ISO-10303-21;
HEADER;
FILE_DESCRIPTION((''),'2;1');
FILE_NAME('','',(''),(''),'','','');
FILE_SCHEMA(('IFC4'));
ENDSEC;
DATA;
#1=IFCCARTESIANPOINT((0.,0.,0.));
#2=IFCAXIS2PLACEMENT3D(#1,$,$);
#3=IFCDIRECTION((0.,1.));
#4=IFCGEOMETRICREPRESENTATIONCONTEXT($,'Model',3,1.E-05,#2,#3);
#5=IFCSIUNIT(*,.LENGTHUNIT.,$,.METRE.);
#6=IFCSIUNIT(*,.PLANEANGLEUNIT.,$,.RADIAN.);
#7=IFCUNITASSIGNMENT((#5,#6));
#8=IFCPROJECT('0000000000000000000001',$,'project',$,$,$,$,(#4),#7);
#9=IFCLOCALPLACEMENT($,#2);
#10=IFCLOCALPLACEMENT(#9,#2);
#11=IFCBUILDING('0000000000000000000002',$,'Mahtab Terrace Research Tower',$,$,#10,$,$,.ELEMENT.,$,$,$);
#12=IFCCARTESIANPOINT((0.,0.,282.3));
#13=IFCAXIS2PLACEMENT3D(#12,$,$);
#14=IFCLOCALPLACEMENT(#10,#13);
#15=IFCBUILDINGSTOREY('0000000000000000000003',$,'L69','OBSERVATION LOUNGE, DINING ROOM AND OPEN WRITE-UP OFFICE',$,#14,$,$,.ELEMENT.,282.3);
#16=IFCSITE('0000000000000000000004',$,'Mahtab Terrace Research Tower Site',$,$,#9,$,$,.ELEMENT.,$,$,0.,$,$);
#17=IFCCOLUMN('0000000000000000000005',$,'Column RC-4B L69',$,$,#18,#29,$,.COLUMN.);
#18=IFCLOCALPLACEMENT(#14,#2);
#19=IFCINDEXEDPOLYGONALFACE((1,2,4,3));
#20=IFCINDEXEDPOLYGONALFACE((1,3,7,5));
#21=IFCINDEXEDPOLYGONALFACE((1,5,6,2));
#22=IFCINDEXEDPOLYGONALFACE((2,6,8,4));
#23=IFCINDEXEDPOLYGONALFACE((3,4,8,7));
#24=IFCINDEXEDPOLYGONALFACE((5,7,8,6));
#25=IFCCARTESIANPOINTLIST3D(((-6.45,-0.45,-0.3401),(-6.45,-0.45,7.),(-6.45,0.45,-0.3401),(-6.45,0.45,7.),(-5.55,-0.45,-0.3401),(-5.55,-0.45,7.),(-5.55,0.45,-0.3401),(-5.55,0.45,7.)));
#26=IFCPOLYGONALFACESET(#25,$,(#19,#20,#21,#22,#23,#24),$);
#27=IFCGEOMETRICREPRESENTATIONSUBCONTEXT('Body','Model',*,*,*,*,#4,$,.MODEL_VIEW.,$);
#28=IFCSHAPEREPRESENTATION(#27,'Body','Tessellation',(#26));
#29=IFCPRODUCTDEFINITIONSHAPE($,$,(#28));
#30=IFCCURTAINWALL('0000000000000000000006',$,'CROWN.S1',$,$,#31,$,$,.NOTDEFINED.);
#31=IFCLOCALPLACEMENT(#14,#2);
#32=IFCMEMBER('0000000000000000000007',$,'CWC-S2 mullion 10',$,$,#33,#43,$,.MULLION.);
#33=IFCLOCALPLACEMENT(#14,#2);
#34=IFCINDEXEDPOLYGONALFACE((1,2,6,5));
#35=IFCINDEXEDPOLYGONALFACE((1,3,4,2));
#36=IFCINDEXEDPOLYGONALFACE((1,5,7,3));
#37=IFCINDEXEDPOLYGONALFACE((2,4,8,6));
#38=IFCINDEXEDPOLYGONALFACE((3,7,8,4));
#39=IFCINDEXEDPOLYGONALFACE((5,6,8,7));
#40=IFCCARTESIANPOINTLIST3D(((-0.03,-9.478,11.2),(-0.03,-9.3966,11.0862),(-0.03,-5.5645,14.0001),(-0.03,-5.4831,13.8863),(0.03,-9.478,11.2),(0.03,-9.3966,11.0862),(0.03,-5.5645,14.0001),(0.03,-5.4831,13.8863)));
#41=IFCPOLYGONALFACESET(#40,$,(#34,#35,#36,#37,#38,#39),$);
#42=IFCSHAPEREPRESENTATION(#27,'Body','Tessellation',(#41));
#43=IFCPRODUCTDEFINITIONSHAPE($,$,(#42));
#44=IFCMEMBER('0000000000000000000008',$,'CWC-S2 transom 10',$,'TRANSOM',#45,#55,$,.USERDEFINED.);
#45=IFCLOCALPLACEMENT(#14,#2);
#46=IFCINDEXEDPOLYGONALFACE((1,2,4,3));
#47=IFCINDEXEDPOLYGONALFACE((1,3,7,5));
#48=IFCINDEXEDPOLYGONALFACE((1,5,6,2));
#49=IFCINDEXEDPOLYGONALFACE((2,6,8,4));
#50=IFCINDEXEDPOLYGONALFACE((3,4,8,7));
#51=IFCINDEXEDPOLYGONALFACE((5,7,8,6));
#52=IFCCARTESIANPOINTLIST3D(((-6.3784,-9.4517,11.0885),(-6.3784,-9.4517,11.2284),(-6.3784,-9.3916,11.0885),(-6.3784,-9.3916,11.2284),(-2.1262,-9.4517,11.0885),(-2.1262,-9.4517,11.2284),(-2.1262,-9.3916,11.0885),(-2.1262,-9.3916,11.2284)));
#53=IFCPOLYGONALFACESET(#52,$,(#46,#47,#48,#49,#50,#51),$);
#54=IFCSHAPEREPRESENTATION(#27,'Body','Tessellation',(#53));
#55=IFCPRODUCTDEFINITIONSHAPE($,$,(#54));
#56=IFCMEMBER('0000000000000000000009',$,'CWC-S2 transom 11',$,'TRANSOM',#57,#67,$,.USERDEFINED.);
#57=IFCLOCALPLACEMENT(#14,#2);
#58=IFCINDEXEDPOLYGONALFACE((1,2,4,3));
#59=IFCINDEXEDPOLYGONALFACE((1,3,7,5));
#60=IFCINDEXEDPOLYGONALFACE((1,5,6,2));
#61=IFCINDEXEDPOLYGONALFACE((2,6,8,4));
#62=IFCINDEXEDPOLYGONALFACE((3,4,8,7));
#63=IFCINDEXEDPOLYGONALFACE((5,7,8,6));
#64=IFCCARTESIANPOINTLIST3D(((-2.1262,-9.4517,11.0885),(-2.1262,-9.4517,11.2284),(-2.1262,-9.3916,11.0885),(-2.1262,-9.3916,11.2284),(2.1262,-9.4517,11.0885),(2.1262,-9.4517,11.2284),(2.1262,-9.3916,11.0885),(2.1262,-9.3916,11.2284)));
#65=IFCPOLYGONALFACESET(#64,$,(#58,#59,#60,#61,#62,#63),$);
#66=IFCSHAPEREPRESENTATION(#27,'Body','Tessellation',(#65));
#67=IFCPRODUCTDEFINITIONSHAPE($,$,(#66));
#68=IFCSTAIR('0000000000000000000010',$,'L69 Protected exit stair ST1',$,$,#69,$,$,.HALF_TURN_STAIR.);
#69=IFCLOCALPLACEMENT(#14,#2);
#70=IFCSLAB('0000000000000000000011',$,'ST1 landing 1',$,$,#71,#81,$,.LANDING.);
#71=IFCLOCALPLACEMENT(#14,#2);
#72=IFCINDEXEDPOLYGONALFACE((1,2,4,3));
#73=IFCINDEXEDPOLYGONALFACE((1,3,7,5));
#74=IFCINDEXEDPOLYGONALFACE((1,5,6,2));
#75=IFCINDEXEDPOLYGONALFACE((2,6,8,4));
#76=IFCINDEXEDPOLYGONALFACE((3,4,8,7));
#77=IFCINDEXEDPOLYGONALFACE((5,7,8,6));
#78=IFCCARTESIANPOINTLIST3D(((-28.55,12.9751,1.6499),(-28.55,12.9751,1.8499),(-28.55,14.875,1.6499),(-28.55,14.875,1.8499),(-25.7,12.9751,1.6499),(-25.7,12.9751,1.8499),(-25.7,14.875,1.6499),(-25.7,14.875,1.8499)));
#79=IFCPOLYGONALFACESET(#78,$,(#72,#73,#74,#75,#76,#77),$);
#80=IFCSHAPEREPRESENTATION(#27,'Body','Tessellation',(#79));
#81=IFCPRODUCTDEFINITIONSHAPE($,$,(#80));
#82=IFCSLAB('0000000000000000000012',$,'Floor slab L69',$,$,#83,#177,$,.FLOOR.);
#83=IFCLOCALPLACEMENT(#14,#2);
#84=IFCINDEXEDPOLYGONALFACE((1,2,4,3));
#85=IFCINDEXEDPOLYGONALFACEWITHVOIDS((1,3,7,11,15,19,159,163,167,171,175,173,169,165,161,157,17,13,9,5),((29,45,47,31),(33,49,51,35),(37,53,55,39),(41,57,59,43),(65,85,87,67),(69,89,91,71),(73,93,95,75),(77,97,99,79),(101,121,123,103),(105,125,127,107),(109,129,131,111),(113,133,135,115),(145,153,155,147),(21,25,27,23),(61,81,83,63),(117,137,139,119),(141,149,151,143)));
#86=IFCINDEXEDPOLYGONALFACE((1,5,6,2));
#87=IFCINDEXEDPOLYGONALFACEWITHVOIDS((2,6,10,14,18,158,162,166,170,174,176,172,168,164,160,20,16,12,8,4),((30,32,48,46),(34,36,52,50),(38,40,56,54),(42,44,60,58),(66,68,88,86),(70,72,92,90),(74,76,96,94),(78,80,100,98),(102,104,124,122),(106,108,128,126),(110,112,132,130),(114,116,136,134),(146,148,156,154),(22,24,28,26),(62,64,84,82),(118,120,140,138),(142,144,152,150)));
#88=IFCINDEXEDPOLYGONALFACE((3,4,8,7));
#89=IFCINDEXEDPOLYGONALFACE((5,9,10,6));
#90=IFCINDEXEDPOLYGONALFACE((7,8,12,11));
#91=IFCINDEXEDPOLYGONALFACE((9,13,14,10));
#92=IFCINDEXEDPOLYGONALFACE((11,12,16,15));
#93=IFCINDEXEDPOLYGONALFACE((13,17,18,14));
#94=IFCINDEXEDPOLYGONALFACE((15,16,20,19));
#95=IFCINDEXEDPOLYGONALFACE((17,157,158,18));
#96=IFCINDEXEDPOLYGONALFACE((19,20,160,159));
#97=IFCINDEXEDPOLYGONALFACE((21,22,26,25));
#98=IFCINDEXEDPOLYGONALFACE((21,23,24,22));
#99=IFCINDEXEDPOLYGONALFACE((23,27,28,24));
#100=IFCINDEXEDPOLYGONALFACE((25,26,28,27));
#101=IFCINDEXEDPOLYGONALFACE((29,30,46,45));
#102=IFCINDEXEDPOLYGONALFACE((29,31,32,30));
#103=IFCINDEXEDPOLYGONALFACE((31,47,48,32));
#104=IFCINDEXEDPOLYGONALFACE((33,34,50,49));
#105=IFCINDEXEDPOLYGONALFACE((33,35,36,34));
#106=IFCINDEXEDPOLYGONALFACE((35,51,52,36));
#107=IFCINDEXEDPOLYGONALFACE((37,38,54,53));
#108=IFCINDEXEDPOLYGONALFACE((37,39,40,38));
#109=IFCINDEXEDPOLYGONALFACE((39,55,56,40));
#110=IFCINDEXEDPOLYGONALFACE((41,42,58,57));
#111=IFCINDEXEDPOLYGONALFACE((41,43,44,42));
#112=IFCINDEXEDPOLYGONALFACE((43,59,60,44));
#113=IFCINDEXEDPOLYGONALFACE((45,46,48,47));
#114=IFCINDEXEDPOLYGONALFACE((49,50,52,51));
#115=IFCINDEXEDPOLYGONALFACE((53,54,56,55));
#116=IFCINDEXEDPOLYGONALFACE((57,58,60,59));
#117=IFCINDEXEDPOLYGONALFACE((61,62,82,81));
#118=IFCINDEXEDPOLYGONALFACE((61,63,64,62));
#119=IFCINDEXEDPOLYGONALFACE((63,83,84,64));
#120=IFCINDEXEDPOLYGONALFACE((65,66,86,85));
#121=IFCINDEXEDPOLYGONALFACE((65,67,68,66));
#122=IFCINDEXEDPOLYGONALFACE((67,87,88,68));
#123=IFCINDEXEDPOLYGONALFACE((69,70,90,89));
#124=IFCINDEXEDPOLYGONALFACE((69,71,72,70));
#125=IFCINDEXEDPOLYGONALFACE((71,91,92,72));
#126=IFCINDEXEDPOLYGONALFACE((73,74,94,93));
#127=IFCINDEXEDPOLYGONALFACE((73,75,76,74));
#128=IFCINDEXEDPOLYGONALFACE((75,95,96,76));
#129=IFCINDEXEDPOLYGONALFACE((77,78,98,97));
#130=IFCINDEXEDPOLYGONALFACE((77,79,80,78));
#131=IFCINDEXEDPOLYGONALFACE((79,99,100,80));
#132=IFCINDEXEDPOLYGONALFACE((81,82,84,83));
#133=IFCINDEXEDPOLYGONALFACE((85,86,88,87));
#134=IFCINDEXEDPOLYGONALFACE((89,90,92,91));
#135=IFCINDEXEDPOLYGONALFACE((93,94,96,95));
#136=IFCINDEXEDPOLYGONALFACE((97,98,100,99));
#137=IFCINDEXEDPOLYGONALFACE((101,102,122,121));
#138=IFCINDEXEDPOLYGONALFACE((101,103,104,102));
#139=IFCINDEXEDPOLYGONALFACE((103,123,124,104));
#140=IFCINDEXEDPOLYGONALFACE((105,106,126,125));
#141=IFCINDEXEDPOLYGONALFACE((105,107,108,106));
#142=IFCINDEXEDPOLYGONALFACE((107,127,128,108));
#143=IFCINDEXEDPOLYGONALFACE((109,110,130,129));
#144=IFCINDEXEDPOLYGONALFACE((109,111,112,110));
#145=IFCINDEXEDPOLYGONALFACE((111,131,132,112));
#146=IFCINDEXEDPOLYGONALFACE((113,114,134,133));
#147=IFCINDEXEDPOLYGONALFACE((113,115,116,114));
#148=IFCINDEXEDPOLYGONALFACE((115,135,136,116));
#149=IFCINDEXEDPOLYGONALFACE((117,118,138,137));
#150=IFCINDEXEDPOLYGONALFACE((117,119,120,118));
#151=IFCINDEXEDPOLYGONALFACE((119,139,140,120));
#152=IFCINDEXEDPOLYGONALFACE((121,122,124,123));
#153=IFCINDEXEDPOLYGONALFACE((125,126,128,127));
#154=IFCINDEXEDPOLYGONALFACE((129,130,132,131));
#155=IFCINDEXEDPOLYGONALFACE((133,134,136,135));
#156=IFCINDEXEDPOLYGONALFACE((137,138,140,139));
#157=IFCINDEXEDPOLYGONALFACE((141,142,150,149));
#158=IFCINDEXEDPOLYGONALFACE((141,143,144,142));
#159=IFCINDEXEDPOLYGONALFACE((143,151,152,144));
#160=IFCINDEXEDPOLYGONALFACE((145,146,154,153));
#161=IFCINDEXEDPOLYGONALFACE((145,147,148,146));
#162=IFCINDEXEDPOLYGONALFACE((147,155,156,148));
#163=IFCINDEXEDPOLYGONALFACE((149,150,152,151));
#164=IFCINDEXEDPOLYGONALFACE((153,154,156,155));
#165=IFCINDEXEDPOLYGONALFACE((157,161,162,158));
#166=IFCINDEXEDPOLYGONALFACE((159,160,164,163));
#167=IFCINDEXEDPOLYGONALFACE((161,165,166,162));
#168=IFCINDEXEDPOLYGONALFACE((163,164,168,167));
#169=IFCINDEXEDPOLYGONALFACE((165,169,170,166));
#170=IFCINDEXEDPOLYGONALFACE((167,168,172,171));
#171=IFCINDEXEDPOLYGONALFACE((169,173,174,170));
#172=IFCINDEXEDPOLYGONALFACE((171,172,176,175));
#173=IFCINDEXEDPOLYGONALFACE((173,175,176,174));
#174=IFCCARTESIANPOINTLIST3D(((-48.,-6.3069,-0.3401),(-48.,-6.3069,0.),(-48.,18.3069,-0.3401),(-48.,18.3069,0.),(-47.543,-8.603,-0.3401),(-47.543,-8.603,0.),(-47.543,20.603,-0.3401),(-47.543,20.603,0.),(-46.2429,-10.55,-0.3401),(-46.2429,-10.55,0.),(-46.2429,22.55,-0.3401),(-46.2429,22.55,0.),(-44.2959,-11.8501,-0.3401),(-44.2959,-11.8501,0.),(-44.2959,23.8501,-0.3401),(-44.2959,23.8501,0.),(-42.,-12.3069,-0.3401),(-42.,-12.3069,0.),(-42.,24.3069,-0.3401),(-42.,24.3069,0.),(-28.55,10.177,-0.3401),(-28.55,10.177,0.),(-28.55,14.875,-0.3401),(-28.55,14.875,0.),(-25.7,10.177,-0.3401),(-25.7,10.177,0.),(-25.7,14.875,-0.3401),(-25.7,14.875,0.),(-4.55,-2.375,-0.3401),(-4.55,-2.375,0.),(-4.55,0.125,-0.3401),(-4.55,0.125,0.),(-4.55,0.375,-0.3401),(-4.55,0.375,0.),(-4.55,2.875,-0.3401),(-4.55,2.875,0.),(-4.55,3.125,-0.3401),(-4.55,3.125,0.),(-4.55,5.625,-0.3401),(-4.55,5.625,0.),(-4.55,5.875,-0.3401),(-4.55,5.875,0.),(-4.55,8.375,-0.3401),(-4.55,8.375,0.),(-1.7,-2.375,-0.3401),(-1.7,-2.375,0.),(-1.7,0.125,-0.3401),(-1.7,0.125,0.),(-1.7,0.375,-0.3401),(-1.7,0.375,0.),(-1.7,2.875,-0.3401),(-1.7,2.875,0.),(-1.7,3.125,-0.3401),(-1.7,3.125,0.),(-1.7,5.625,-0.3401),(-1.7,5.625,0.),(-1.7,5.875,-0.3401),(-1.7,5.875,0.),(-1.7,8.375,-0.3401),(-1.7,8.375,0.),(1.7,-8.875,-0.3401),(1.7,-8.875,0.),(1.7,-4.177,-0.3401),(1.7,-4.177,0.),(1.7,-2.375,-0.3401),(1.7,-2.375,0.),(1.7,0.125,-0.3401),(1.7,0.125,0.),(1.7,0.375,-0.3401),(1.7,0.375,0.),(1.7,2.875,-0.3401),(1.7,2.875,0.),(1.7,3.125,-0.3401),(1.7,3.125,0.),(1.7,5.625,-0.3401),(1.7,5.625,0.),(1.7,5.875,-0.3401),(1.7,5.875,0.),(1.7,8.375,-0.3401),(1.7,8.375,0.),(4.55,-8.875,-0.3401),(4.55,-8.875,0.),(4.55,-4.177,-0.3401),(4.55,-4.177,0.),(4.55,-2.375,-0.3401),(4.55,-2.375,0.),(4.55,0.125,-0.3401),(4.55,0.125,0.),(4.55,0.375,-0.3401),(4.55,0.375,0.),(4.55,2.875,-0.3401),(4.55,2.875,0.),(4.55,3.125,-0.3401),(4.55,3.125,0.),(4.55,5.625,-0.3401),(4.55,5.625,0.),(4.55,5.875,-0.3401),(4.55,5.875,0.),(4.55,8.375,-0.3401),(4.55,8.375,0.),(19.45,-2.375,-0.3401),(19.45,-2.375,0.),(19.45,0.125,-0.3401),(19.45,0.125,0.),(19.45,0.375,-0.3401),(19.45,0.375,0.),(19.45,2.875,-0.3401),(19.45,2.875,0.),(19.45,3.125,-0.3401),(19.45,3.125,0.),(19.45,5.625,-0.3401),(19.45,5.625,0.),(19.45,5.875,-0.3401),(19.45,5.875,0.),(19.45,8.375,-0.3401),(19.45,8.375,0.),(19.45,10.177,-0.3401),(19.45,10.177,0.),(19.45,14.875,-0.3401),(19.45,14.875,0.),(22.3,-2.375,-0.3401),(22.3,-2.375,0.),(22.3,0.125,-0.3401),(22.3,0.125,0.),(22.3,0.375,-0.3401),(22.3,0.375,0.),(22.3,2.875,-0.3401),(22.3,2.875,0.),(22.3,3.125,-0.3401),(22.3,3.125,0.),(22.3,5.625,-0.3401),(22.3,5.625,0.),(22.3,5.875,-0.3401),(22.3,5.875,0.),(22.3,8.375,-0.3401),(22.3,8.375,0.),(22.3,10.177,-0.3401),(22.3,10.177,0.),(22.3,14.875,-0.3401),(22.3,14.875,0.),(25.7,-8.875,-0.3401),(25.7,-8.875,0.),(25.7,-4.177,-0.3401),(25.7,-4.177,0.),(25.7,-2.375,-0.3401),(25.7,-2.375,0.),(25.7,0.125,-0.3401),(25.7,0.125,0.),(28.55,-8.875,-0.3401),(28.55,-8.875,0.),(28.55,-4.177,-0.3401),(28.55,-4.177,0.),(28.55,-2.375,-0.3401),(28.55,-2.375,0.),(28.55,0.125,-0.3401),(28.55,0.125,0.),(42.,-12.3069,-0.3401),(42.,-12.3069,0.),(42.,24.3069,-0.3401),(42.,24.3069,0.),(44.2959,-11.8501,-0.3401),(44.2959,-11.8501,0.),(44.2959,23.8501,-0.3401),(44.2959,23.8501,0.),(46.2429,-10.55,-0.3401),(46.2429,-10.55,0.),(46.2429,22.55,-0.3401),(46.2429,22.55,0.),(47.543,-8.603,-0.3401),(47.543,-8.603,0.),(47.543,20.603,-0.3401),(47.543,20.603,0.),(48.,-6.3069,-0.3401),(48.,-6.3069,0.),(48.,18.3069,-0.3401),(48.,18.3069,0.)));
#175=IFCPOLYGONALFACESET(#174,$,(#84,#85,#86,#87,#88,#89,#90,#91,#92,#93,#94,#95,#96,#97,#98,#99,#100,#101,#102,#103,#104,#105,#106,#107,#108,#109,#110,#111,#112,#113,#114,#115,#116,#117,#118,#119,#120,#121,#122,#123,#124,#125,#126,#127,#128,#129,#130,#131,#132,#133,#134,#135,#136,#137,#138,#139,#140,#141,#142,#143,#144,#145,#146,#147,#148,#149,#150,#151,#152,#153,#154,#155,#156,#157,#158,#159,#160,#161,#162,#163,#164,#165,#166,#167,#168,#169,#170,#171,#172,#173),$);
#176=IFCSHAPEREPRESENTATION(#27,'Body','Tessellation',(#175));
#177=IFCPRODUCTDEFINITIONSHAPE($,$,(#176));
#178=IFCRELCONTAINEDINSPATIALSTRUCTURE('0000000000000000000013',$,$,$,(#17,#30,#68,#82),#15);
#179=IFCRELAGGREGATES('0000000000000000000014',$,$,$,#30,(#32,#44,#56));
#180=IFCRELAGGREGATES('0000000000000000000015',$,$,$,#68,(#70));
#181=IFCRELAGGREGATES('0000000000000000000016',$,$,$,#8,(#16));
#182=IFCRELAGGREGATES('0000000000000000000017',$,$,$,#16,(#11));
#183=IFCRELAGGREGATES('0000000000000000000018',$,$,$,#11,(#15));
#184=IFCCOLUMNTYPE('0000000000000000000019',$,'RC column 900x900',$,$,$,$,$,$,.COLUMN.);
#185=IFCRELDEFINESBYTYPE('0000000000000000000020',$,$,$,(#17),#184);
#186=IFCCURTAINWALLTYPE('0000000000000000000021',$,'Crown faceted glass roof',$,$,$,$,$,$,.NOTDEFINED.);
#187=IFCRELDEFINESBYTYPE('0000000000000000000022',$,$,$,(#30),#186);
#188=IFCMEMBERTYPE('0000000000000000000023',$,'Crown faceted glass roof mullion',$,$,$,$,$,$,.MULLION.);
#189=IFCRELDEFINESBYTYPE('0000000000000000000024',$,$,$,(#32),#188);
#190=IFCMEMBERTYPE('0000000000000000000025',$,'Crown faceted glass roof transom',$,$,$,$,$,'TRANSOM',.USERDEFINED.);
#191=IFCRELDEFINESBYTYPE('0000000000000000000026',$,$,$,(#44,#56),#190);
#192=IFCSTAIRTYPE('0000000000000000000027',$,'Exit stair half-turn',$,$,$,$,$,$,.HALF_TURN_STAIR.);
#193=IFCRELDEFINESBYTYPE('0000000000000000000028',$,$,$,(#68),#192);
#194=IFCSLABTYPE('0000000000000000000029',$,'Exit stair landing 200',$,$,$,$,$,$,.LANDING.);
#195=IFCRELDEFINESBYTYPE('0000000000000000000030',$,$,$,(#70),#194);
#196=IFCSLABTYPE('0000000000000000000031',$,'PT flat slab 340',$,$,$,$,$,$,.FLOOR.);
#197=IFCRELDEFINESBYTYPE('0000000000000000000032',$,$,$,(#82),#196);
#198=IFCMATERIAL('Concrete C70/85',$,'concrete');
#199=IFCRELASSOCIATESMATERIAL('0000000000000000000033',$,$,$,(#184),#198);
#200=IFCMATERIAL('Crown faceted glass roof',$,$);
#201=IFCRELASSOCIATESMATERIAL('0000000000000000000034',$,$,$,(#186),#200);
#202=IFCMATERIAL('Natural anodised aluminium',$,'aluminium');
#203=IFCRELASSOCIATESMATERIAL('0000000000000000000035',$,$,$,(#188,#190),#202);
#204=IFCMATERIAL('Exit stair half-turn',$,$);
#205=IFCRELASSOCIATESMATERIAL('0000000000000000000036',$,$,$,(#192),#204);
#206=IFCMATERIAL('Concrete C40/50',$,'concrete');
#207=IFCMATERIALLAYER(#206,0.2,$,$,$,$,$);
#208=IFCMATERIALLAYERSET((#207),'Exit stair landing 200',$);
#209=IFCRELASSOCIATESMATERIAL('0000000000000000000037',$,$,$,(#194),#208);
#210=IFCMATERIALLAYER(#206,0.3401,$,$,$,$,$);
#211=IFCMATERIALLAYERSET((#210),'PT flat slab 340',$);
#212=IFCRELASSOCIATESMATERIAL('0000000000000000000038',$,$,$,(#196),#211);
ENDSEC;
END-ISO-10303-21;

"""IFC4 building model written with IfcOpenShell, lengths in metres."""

from ifc_helpers import new_model, si_unit, direction, frame, origin, origin_2d, place, context, subcontext, project, spatial, polyline, rectangle, outline, extrude, material, layer, layer_set, material_profile, profile_set, type_object, element, aggregate, save


model = new_model("IFC4")

# Units and contexts
model_context = context("Model", 3, precision=1e-05, world=origin(), true_north=direction((0.0, 1.0)))
body_context = subcontext(model_context, "Body", "Model", "MODEL_VIEW")
ifc_project = project(units=[si_unit("LENGTHUNIT", "METRE"), si_unit("PLANEANGLEUNIT", "RADIAN")], contexts=[model_context])

# Site, building, storey
site_placement = place(None, origin())
site = spatial("IfcSite", under=ifc_project, at=site_placement, Name="Mahtab Terrace Research Tower Site", CompositionType="ELEMENT", RefElevation=0.0)
building_placement = place(site_placement, origin())
building = spatial("IfcBuilding", under=site, at=building_placement, Name="Mahtab Terrace Research Tower", CompositionType="ELEMENT")
storey_placement = place(building_placement, frame((0.0, 0.0, 282.3)))
storey = spatial("IfcBuildingStorey", under=building, at=storey_placement, Name="L69", Description="OBSERVATION LOUNGE, DINING ROOM AND OPEN WRITE-UP OFFICE", CompositionType="ELEMENT", Elevation=282.3)

# Column
ifc_material_1 = material(Name="Concrete C70/85", Category="concrete")
ifc_material_profile_1 = material_profile(ifc_material_1, rectangle(XDim=0.8999, YDim=0.8999, at=origin_2d()), Name="RC column 900x900")
ifc_profile_set_1 = profile_set([ifc_material_profile_1], Name="Concrete C70/85")
column_type = type_object("IfcColumnType", Name="RC column 900x900", PredefinedType="COLUMN", material=ifc_profile_set_1)
column_placement = place(storey_placement, frame((-6.0, 0.0, -0.3401), z_axis=(0.0, 0.0, 1.0), x_axis=(1.0, 0.0, 0.0)))
element("IfcColumn", 1, at=column_placement, inside=storey, type_object=column_type, Name="Column RC-4B L69", PredefinedType="COLUMN", context=body_context, shape_type="SweptSolid", body=[
    extrude(rectangle(XDim=0.8999, YDim=0.8999, at=origin_2d()), origin(), (0.0, 0.0, 1.0), 7.3401),
])

# Curtain wall, members
ifc_material_2 = material(Name="Crown faceted glass roof")
curtain_wall_type = type_object("IfcCurtainWallType", Name="Crown faceted glass roof", PredefinedType="NOTDEFINED", material=ifc_material_2)
curtain_wall_placement = place(storey_placement, origin())
curtain_wall = element("IfcCurtainWall", 2, at=curtain_wall_placement, inside=storey, type_object=curtain_wall_type, Name="CROWN.S1", PredefinedType="NOTDEFINED")
ifc_material_3 = material(Name="Natural anodised aluminium", Category="aluminium")
ifc_material_profile_2 = material_profile(ifc_material_3, rectangle(XDim=0.0601, YDim=0.1399, at=origin_2d()), Name="MULLION 60x140")
ifc_profile_set_2 = profile_set([ifc_material_profile_2], Name="Natural anodised aluminium")
member_type_1 = type_object("IfcMemberType", Name="Crown faceted glass roof mullion", PredefinedType="MULLION", material=ifc_profile_set_2)
member_1_placement = place(storey_placement, frame((0.0, -9.4373, 11.1431), z_axis=(0.0, 0.81326, 0.5819), x_axis=(-1.0, 0.0, 0.0)))
member_1 = element("IfcMember", 3, at=member_1_placement, type_object=member_type_1, Name="CWC-S2 mullion 10", PredefinedType="MULLION", context=body_context, shape_type="SweptSolid", body=[
    extrude(rectangle(XDim=0.0601, YDim=0.1399, at=origin_2d()), origin(), (0.0, 0.0, 1.0), 4.812),
])
ifc_material_profile_3 = material_profile(ifc_material_3, rectangle(XDim=0.0601, YDim=0.1399, at=origin_2d()), Name="TRANSOM 60x140")
ifc_profile_set_3 = profile_set([ifc_material_profile_3], Name="Natural anodised aluminium")
member_type_2 = type_object("IfcMemberType", Name="Crown faceted glass roof transom", ElementType="TRANSOM", PredefinedType="USERDEFINED", material=ifc_profile_set_3)
member_2_placement = place(storey_placement, frame((-6.3784, -9.4216, 11.1584), z_axis=(1.0, 0.0, 0.0), x_axis=(0.0, 1.0, 0.0)))
member_2 = element("IfcMember", 4, at=member_2_placement, type_object=member_type_2, Name="CWC-S2 transom 10", ObjectType="TRANSOM", PredefinedType="USERDEFINED", context=body_context, shape_type="SweptSolid", body=[
    extrude(rectangle(XDim=0.0601, YDim=0.1399, at=origin_2d()), origin(), (0.0, 0.0, 1.0), 4.2522),
])
member_3_placement = place(storey_placement, frame((-2.1262, -9.4216, 11.1584), z_axis=(1.0, 0.0, 0.0), x_axis=(0.0, 1.0, 0.0)))
member_3 = element("IfcMember", 5, at=member_3_placement, type_object=member_type_2, Name="CWC-S2 transom 11", ObjectType="TRANSOM", PredefinedType="USERDEFINED", context=body_context, shape_type="SweptSolid", body=[
    extrude(rectangle(XDim=0.0601, YDim=0.1399, at=origin_2d()), origin(), (0.0, 0.0, 1.0), 4.2524),
])
aggregate(curtain_wall, [member_1, member_2, member_3])

# Stair, slab
ifc_material_4 = material(Name="Exit stair half-turn")
stair_type = type_object("IfcStairType", Name="Exit stair half-turn", PredefinedType="HALF_TURN_STAIR", material=ifc_material_4)
stair_placement = place(storey_placement, origin())
stair = element("IfcStair", 6, at=stair_placement, inside=storey, type_object=stair_type, Name="L69 Protected exit stair ST1", PredefinedType="HALF_TURN_STAIR")
ifc_material_5 = material(Name="Concrete C40/50", Category="concrete")
ifc_layer_1 = layer(ifc_material_5, 0.2)
ifc_layer_set_1 = layer_set([ifc_layer_1], Name="Exit stair landing 200")
slab_type_1 = type_object("IfcSlabType", Name="Exit stair landing 200", PredefinedType="LANDING", material=ifc_layer_set_1)
slab_1_placement = place(storey_placement, frame((0.0, 0.0, 1.6499)))
slab_1 = element("IfcSlab", 7, at=slab_1_placement, type_object=slab_type_1, Name="ST1 landing 1", PredefinedType="LANDING", context=body_context, shape_type="SweptSolid", body=[
    extrude(outline(polyline([(-25.7, 12.9751), (-25.7, 14.875), (-28.55, 14.875), (-28.55, 12.9751), (-25.7, 12.9751)])), origin(), (0.0, 0.0, 1.0), 0.2),
])
aggregate(stair, [slab_1])

# Slab
ifc_layer_2 = layer(ifc_material_5, 0.3401)
ifc_layer_set_2 = layer_set([ifc_layer_2], Name="PT flat slab 340")
slab_type_2 = type_object("IfcSlabType", Name="PT flat slab 340", PredefinedType="FLOOR", material=ifc_layer_set_2)
slab_2_placement = place(storey_placement, frame((0.0, 0.0, -0.3401)))
element("IfcSlab", 8, at=slab_2_placement, inside=storey, type_object=slab_type_2, Name="Floor slab L69", PredefinedType="FLOOR", context=body_context, shape_type="SweptSolid", body=[
    extrude(outline(polyline([(47.543, 20.603), (46.2429, 22.55), (44.2959, 23.8501), (42.0, 24.3069), (-42.0, 24.3069), (-44.2959, 23.8501), (-46.2429, 22.55), (-47.543, 20.603), (-48.0, 18.3069), (-48.0, -6.3069), (-47.543, -8.603), (-46.2429, -10.55), (-44.2959, -11.8501), (-42.0, -12.3069), (42.0, -12.3069), (44.2959, -11.8501), (46.2429, -10.55), (47.543, -8.603), (48.0, -6.3069), (48.0, 18.3069), (47.543, 20.603)]), holes=[polyline([(-4.55, -2.375), (-4.55, 0.125), (-1.7, 0.125), (-1.7, -2.375), (-4.55, -2.375)]), polyline([(1.7, -2.375), (1.7, 0.125), (4.55, 0.125), (4.55, -2.375), (1.7, -2.375)]), polyline([(-4.55, 0.375), (-4.55, 2.875), (-1.7, 2.875), (-1.7, 0.375), (-4.55, 0.375)]), polyline([(1.7, 0.375), (1.7, 2.875), (4.55, 2.875), (4.55, 0.375), (1.7, 0.375)]), polyline([(-4.55, 3.125), (-4.55, 5.625), (-1.7, 5.625), (-1.7, 3.125), (-4.55, 3.125)]), polyline([(1.7, 3.125), (1.7, 5.625), (4.55, 5.625), (4.55, 3.125), (1.7, 3.125)]), polyline([(-4.55, 5.875), (-4.55, 8.375), (-1.7, 8.375), (-1.7, 5.875), (-4.55, 5.875)]), polyline([(1.7, 5.875), (1.7, 8.375), (4.55, 8.375), (4.55, 5.875), (1.7, 5.875)]), polyline([(-28.55, 10.177), (-28.55, 14.875), (-25.7, 14.875), (-25.7, 10.177), (-28.55, 10.177)]), polyline([(1.7, -8.875), (1.7, -4.177), (4.55, -4.177), (4.55, -8.875), (1.7, -8.875)]), polyline([(25.7, -8.875), (25.7, -4.177), (28.55, -4.177), (28.55, -8.875), (25.7, -8.875)]), polyline([(19.45, -2.375), (19.45, 0.125), (22.3, 0.125), (22.3, -2.375), (19.45, -2.375)]), polyline([(25.7, -2.375), (25.7, 0.125), (28.55, 0.125), (28.55, -2.375), (25.7, -2.375)]), polyline([(19.45, 0.375), (19.45, 2.875), (22.3, 2.875), (22.3, 0.375), (19.45, 0.375)]), polyline([(19.45, 3.125), (19.45, 5.625), (22.3, 5.625), (22.3, 3.125), (19.45, 3.125)]), polyline([(19.45, 8.375), (22.3, 8.375), (22.3, 5.875), (19.45, 5.875), (19.45, 8.375)]), polyline([(19.45, 14.875), (22.3, 14.875), (22.3, 10.177), (19.45, 10.177), (19.45, 14.875)])]), origin(), (0.0, 0.0, 1.0), 0.3401),
])

save(model, "model.ifc")
